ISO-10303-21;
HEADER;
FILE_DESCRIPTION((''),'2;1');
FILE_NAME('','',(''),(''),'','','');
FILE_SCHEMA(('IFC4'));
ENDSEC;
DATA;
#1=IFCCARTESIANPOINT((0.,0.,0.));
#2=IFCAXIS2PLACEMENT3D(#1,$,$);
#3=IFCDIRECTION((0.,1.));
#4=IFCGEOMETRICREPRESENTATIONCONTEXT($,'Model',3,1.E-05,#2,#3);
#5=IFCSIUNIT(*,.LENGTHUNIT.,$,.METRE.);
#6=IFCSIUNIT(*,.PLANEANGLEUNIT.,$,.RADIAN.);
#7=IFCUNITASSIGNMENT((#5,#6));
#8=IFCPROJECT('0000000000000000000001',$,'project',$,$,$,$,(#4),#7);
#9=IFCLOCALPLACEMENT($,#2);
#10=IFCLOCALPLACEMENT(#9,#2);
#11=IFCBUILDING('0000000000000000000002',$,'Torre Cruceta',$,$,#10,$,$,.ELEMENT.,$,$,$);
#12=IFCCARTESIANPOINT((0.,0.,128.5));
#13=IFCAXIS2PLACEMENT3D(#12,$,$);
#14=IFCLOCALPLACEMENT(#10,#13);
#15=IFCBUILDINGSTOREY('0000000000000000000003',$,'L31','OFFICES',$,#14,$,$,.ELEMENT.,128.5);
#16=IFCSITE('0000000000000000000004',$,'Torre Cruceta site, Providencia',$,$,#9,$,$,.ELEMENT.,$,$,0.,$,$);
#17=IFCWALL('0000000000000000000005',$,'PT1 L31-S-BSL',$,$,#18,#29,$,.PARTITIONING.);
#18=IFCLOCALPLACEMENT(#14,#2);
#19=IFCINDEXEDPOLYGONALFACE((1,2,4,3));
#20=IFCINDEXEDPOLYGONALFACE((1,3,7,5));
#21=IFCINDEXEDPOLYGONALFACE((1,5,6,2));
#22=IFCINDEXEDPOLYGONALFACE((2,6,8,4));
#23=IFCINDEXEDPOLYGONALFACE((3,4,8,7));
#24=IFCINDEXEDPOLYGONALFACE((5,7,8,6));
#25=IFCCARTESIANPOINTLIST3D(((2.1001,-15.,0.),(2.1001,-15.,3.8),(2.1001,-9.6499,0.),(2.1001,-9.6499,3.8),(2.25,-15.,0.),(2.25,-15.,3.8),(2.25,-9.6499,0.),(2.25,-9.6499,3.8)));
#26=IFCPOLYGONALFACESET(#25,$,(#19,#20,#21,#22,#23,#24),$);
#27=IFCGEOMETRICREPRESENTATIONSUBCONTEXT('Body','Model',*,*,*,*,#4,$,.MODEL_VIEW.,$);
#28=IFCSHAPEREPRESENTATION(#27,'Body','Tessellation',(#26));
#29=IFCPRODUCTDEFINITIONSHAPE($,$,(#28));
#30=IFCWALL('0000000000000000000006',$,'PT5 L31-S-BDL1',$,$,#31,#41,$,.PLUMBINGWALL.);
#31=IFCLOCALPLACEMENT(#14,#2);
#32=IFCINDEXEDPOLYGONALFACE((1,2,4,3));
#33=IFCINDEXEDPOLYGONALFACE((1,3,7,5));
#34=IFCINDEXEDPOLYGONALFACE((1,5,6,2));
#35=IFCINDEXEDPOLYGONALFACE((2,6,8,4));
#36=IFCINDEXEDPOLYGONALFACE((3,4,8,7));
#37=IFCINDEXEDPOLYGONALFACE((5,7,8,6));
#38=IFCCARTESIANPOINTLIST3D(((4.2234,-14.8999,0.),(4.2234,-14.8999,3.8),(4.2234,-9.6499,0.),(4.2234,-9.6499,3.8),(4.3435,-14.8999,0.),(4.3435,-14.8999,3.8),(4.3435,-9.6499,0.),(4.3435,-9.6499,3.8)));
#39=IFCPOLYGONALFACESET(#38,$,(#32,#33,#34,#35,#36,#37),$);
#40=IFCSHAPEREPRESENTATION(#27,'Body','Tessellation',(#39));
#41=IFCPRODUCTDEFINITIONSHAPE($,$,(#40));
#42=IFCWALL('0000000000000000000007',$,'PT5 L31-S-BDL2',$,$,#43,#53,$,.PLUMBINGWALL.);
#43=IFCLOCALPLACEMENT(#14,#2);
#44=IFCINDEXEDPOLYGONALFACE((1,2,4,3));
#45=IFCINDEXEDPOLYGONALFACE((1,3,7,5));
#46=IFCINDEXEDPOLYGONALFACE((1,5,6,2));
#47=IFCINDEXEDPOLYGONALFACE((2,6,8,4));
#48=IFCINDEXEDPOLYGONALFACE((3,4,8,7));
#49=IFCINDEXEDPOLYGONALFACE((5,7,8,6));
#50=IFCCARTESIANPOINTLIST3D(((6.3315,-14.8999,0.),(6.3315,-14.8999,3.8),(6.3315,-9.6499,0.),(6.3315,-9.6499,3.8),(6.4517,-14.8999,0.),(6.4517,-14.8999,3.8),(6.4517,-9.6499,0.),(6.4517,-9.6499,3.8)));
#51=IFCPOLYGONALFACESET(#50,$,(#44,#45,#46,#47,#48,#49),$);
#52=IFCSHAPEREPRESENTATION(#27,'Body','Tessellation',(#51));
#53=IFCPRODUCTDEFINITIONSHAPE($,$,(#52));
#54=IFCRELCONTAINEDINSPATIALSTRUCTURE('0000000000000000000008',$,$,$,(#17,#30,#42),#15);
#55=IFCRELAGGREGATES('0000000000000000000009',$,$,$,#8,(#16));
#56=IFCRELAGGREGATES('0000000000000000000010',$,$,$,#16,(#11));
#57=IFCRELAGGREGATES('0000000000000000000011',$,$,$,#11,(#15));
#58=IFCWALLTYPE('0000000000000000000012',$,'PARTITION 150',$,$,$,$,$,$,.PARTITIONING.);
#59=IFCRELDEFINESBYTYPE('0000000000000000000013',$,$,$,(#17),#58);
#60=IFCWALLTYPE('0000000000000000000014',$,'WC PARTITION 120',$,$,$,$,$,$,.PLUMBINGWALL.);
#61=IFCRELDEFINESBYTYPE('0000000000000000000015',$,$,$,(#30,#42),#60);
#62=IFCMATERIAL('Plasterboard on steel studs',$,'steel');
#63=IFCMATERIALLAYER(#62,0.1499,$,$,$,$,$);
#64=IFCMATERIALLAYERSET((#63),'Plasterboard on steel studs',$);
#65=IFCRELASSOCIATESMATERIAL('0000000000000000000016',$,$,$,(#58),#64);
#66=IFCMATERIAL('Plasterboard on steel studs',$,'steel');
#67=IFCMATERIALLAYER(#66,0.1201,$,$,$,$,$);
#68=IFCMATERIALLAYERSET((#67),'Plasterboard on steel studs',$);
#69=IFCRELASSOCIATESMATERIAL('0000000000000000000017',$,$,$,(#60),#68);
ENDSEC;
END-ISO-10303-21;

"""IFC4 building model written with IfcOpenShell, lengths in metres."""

from ifc_helpers import new_model, si_unit, direction, frame, frame_2d, origin, place, context, subcontext, project, spatial, rectangle, extrude, material, layer, layer_set, type_object, element, save


model = new_model("IFC4")

# Units and contexts
model_context = context("Model", 3, precision=1e-05, world=origin(), true_north=direction((0.0, 1.0)))
body_context = subcontext(model_context, "Body", "Model", "MODEL_VIEW")
ifc_project = project(units=[si_unit("LENGTHUNIT", "METRE"), si_unit("PLANEANGLEUNIT", "RADIAN")], contexts=[model_context])

# Site, building, storey
site_placement = place(None, origin())
site = spatial("IfcSite", under=ifc_project, at=site_placement, Name="Torre Cruceta site, Providencia", CompositionType="ELEMENT", RefElevation=0.0)
building_placement = place(site_placement, origin())
building = spatial("IfcBuilding", under=site, at=building_placement, Name="Torre Cruceta", CompositionType="ELEMENT")
storey_placement = place(building_placement, frame((0.0, 0.0, 128.5)))
storey = spatial("IfcBuildingStorey", under=building, at=storey_placement, Name="L31", Description="OFFICES", CompositionType="ELEMENT", Elevation=128.5)

# Shared definitions
ifc_material_1 = material(Name="Plasterboard on steel studs", Category="steel")
ifc_layer_1 = layer(ifc_material_1, 0.1499)
ifc_layer_set_1 = layer_set([ifc_layer_1], Name="Plasterboard on steel studs")
wall_type_1 = type_object("IfcWallType", Name="PARTITION 150", PredefinedType="PARTITIONING", material=ifc_layer_set_1)

# Walls
wall_1_placement = place(storey_placement, frame((2.175, -9.6499, 0.0), z_axis=(0.0, 0.0, 1.0), x_axis=(0.0, -1.0, 0.0)))
element("IfcWall", 1, at=wall_1_placement, inside=storey, type_object=wall_type_1, Name="PT1 L31-S-BSL", PredefinedType="PARTITIONING", context=body_context, shape_type="SweptSolid", body=[
    extrude(rectangle(XDim=5.3501, YDim=0.1499, at=frame_2d((2.675, 0.0))), origin(), (0.0, 0.0, 1.0), 3.8),
])
ifc_material_2 = material(Name="Plasterboard on steel studs", Category="steel")
ifc_layer_2 = layer(ifc_material_2, 0.1201)
ifc_layer_set_2 = layer_set([ifc_layer_2], Name="Plasterboard on steel studs")
wall_type_2 = type_object("IfcWallType", Name="WC PARTITION 120", PredefinedType="PLUMBINGWALL", material=ifc_layer_set_2)
for number, where, z_axis, x_axis, name in (
    (2, (4.2834, -9.6499, 0.0), (0.0, 0.0, 1.0), (0.0, -1.0, 0.0), "PT5 L31-S-BDL1"),
    (3, (6.3916, -9.6499, 0.0), (0.0, 0.0, 1.0), (0.0, -1.0, 0.0), "PT5 L31-S-BDL2"),
):
    element("IfcWall", number, at=place(storey_placement, frame(where, z_axis=z_axis, x_axis=x_axis)), inside=storey, type_object=wall_type_2, Name=name, PredefinedType="PLUMBINGWALL", context=body_context, shape_type="SweptSolid", body=[
        extrude(rectangle(XDim=5.25, YDim=0.1201, at=frame_2d((2.625, 0.0))), origin(), (0.0, 0.0, 1.0), 3.8),
    ])

save(model, "model.ifc")
